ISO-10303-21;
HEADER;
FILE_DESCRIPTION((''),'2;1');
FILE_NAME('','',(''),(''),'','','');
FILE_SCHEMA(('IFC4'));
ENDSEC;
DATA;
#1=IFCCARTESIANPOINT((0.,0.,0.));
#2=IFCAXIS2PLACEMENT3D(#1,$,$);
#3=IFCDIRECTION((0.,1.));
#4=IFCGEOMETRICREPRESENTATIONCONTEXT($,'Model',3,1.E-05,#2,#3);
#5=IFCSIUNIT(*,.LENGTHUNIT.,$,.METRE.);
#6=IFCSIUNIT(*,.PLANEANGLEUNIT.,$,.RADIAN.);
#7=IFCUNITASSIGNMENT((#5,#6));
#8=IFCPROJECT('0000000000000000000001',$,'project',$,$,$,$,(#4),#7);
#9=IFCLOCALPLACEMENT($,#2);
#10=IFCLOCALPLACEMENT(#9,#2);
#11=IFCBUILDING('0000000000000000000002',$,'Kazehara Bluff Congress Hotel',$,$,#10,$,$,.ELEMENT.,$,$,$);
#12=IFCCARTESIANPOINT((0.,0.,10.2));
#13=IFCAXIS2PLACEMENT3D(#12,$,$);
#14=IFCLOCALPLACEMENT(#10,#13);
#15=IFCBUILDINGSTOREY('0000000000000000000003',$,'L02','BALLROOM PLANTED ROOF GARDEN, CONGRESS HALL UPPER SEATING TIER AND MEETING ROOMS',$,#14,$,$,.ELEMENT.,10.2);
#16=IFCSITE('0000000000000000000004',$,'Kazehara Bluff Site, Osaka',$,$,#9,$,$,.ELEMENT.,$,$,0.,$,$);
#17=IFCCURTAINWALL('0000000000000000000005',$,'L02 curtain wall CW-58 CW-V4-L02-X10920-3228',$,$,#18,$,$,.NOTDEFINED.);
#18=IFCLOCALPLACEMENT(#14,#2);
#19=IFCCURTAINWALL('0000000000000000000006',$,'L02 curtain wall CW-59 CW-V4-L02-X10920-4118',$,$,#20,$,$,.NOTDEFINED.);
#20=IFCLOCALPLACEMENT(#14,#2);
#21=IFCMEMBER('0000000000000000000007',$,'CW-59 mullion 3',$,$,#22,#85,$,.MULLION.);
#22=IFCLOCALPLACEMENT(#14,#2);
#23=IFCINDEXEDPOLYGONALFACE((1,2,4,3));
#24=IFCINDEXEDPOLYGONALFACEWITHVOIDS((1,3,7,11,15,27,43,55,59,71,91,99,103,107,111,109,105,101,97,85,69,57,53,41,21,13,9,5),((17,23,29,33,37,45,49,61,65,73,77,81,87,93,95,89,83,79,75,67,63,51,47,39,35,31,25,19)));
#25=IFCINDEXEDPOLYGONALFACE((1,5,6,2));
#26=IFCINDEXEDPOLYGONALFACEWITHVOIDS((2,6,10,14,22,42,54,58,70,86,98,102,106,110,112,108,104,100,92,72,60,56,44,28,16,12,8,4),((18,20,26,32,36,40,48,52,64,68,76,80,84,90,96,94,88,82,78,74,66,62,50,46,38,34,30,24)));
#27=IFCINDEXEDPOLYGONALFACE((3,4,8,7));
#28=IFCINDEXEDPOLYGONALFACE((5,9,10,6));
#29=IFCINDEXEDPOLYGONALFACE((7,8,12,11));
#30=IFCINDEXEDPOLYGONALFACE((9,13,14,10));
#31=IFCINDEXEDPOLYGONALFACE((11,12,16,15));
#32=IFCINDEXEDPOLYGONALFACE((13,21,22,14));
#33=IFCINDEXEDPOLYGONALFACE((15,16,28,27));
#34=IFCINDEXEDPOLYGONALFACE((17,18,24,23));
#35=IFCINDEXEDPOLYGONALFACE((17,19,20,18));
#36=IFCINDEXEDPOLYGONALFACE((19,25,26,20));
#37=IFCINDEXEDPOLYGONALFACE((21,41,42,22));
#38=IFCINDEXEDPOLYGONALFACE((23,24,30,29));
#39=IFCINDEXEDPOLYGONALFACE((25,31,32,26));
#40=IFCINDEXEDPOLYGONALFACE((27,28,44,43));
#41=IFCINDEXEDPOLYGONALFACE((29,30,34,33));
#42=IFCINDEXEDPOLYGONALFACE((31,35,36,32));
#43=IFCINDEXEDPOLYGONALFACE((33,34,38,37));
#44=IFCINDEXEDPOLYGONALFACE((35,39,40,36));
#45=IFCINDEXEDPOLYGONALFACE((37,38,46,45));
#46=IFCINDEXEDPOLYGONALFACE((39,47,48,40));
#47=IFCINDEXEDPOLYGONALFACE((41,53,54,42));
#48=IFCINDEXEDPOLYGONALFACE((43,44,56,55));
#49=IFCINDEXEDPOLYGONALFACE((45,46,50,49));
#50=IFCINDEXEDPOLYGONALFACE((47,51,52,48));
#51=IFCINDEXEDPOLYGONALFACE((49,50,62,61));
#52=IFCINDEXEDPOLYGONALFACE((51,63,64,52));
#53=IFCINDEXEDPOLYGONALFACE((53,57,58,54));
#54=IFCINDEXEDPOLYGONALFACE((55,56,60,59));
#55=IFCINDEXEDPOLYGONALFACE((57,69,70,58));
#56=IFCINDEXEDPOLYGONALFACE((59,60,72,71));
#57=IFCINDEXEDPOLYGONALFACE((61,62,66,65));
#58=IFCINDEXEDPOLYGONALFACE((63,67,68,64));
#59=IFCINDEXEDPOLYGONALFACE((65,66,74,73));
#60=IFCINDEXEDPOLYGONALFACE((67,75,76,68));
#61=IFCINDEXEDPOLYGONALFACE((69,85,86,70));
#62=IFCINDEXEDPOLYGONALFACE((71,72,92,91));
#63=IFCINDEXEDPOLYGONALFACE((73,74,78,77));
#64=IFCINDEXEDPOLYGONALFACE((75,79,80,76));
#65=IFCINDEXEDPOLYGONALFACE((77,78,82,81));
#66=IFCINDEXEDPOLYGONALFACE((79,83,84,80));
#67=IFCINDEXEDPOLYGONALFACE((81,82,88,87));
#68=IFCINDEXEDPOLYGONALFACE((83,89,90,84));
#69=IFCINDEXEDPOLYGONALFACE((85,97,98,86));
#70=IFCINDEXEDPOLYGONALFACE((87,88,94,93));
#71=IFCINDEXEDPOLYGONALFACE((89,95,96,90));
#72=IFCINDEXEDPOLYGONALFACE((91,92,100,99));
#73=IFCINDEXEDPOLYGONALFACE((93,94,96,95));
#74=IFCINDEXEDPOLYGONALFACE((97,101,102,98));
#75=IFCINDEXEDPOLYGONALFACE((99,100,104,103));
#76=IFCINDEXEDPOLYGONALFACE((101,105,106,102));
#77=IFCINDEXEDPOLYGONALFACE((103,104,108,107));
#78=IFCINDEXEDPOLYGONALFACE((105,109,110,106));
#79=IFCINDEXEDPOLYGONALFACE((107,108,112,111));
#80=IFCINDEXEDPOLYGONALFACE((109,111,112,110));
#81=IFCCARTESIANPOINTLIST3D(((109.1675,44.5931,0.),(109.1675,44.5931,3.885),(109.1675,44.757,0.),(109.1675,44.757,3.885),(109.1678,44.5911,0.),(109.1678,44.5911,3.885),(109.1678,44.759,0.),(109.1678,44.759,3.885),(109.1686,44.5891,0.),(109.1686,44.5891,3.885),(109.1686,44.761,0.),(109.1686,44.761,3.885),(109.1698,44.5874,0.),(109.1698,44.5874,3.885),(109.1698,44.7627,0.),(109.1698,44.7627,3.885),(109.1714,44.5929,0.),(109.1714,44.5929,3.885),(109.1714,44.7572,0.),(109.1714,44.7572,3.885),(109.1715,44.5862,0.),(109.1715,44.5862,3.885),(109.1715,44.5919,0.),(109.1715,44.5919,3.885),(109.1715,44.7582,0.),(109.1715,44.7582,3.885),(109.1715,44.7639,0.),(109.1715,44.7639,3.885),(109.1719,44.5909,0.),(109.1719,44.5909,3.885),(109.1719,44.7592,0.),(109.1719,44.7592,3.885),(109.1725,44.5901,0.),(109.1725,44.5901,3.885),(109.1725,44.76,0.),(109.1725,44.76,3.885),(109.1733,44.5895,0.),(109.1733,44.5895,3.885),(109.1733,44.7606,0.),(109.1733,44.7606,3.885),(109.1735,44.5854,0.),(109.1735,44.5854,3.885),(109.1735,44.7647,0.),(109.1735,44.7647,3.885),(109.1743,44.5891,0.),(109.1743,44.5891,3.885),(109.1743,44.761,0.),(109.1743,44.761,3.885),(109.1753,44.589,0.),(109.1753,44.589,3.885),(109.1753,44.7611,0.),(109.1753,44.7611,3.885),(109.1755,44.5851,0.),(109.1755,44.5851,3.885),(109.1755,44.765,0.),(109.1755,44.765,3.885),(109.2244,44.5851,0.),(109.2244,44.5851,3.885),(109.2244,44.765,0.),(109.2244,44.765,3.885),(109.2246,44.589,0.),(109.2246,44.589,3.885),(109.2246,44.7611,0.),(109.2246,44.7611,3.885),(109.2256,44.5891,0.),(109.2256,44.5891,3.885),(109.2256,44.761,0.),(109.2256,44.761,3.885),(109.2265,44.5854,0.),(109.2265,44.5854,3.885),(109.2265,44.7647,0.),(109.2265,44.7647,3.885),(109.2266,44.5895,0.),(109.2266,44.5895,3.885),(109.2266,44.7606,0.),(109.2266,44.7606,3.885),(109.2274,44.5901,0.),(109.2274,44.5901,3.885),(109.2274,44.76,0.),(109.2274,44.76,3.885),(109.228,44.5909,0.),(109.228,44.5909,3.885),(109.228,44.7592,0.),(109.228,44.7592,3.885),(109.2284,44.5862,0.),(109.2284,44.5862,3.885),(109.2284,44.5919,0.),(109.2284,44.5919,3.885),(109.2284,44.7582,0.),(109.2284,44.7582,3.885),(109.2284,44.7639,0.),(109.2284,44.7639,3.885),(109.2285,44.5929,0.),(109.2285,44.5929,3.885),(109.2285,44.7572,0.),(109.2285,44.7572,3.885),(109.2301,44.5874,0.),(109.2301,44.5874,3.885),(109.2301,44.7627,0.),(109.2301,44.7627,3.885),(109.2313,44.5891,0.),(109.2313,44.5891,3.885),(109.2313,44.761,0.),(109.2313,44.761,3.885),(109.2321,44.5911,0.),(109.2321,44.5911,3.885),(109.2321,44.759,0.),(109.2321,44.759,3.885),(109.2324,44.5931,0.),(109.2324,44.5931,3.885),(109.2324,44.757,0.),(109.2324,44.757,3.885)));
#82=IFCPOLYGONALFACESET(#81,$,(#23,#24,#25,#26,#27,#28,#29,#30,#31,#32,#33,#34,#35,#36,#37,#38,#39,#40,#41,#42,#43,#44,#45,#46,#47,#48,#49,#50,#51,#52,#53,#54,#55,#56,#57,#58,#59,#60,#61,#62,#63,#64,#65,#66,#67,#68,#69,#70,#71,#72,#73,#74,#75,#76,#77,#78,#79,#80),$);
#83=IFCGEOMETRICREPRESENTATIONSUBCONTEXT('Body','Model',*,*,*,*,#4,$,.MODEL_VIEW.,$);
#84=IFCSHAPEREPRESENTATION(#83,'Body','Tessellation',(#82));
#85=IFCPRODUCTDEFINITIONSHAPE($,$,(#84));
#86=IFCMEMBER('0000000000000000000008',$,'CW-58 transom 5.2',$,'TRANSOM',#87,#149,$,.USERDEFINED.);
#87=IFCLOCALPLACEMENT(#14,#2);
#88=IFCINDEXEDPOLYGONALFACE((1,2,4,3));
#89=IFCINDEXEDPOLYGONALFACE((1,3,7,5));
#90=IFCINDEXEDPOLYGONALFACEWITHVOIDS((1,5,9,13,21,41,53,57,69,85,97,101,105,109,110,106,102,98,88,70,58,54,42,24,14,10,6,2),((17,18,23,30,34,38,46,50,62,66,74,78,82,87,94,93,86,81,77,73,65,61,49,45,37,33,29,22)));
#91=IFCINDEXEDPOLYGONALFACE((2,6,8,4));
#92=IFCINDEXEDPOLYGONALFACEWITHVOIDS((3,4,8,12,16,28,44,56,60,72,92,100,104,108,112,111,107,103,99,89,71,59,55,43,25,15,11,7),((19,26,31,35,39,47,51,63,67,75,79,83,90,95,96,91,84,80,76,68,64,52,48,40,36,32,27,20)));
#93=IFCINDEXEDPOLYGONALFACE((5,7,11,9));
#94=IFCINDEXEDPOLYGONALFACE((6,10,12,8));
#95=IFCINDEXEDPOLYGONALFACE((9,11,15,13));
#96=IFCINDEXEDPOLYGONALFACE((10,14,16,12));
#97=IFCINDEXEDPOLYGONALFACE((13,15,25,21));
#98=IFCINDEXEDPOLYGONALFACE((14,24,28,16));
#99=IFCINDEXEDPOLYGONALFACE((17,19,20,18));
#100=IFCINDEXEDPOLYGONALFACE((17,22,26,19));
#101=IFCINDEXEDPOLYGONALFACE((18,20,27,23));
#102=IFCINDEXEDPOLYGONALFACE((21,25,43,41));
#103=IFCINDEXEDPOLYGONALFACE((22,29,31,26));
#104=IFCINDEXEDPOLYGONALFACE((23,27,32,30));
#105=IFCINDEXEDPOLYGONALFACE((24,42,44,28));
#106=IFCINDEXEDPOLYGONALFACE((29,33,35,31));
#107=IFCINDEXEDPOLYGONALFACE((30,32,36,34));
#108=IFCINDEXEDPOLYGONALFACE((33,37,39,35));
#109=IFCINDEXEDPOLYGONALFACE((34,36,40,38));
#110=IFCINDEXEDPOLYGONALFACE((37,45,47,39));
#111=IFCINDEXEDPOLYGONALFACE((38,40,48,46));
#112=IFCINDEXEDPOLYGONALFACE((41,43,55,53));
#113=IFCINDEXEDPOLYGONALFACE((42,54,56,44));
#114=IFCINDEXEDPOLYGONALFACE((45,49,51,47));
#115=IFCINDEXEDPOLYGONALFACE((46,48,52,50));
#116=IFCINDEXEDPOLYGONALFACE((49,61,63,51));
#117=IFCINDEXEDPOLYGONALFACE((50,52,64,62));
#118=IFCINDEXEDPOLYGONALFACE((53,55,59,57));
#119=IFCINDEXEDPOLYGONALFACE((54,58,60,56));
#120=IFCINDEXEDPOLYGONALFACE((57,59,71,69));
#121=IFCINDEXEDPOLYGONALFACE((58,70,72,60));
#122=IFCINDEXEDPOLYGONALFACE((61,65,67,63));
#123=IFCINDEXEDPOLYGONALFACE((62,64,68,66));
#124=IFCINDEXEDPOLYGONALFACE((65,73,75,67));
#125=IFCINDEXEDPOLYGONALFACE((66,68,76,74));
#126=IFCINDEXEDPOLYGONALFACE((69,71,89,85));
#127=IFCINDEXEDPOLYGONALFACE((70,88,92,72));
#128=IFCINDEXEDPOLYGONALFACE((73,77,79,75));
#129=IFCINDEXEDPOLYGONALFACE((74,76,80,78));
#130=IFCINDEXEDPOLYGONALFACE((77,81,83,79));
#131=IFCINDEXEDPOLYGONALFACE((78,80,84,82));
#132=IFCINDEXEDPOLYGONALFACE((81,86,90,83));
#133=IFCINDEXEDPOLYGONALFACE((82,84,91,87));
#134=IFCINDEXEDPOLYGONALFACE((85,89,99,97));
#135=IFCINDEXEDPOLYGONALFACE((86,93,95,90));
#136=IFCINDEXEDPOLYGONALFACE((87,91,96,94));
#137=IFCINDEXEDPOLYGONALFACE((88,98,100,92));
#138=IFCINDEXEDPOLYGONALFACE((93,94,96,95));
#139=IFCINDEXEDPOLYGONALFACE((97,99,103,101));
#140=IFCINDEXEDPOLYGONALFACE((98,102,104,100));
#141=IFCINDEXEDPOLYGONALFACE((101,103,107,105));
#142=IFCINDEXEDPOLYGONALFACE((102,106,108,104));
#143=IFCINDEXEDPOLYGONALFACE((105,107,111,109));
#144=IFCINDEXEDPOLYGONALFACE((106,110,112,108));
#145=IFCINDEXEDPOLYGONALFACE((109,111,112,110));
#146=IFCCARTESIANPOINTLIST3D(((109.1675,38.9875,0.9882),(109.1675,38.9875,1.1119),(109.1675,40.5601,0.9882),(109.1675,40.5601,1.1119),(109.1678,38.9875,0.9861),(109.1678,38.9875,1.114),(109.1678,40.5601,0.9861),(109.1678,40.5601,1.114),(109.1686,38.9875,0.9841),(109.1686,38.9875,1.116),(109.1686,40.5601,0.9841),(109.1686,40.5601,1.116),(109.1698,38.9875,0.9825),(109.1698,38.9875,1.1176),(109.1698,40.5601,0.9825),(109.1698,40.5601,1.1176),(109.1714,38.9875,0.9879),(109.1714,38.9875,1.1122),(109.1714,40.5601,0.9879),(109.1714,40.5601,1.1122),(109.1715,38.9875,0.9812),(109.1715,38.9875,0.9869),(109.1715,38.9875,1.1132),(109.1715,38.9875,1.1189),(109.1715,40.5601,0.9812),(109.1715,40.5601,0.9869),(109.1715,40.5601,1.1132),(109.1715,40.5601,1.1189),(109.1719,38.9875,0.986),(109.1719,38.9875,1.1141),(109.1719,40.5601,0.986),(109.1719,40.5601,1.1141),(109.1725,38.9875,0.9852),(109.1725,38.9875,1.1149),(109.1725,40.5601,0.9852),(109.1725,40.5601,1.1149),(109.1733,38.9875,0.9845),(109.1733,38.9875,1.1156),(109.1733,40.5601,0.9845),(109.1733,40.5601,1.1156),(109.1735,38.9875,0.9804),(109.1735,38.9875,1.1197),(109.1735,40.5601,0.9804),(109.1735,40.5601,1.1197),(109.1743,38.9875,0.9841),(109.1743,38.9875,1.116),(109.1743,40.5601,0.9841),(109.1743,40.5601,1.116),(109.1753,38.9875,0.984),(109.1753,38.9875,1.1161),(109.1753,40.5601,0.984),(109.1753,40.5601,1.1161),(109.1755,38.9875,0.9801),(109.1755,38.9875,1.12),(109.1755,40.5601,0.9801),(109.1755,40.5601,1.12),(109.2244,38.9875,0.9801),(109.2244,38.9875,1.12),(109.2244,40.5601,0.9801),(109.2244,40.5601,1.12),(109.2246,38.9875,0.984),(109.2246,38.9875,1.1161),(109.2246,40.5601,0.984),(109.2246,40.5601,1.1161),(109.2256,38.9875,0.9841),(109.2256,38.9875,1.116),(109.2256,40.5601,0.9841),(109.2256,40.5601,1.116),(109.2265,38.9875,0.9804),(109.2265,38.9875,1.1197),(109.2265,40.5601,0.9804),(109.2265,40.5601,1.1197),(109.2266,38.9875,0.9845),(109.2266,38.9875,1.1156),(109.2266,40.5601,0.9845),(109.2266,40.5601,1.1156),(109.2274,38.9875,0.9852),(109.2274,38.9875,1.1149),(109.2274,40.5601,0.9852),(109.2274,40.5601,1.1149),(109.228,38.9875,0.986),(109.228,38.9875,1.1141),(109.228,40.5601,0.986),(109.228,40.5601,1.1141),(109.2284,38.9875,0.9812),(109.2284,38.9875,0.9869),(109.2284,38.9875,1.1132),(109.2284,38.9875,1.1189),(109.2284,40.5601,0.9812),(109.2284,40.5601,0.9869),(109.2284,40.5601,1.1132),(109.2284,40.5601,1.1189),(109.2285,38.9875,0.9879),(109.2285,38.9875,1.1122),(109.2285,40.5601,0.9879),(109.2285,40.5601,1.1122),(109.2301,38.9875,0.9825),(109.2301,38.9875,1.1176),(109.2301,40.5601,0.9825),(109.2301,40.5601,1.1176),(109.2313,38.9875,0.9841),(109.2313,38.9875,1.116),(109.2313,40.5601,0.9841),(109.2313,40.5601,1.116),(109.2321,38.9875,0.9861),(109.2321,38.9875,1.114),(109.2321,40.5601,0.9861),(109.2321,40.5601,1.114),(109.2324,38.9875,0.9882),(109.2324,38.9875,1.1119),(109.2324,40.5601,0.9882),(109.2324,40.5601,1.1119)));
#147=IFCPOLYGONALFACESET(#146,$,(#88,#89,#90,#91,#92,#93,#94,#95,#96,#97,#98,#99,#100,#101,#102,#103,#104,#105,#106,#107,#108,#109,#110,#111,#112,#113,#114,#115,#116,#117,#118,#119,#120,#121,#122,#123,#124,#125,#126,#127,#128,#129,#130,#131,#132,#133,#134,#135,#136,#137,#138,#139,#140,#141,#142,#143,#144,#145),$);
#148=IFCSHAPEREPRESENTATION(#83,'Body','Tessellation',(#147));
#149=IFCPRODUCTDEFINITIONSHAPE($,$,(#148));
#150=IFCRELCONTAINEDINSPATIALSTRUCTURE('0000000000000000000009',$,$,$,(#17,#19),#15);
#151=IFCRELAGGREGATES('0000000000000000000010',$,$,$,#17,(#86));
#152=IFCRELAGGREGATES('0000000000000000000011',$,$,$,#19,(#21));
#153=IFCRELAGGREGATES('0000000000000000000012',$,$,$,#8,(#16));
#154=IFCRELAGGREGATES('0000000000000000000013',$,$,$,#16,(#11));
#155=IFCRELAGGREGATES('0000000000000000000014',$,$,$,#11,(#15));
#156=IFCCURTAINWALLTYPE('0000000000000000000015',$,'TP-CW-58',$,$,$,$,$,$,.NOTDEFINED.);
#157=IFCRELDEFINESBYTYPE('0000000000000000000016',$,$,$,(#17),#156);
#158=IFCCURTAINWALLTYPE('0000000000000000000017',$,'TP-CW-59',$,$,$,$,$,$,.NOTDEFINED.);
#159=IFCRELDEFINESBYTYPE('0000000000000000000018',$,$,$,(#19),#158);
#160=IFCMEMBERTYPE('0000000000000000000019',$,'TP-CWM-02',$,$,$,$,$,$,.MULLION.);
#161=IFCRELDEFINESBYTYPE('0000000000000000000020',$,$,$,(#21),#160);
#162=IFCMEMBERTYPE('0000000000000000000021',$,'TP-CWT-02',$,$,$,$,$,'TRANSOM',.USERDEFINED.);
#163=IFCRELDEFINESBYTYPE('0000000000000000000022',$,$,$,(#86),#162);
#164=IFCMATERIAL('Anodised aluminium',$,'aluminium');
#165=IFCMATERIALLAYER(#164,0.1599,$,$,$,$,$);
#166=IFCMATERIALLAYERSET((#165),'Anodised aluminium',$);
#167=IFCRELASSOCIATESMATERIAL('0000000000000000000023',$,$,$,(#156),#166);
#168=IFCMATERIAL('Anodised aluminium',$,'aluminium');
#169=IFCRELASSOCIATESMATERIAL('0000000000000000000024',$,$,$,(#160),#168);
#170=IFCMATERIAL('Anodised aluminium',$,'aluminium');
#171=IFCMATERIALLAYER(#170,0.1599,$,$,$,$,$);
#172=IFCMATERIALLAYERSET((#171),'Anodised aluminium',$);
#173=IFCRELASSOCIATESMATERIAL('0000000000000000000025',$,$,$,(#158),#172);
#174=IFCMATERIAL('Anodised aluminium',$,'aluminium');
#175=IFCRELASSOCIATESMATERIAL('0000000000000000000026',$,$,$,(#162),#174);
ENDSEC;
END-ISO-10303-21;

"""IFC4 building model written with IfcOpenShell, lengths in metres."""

from ifc_helpers import new_model, si_unit, direction, frame, origin, origin_2d, place, context, subcontext, project, spatial, hollow_rectangle, extrude, material, layer, layer_set, material_profile, profile_set, type_object, element, aggregate, save


model = new_model("IFC4")

# Units and contexts
model_context = context("Model", 3, precision=1e-05, world=origin(), true_north=direction((0.0, 1.0)))
body_context = subcontext(model_context, "Body", "Model", "MODEL_VIEW")
ifc_project = project(units=[si_unit("LENGTHUNIT", "METRE"), si_unit("PLANEANGLEUNIT", "RADIAN")], contexts=[model_context])

# Site, building, storey
site_placement = place(None, origin())
site = spatial("IfcSite", under=ifc_project, at=site_placement, Name="Kazehara Bluff Site, Osaka", CompositionType="ELEMENT", RefElevation=0.0)
building_placement = place(site_placement, origin())
building = spatial("IfcBuilding", under=site, at=building_placement, Name="Kazehara Bluff Congress Hotel", CompositionType="ELEMENT")
storey_placement = place(building_placement, frame((0.0, 0.0, 10.2)))
storey = spatial("IfcBuildingStorey", under=building, at=storey_placement, Name="L02", Description="BALLROOM PLANTED ROOF GARDEN, CONGRESS HALL UPPER SEATING TIER AND MEETING ROOMS", CompositionType="ELEMENT", Elevation=10.2)

# Curtain wall
ifc_material_1 = material(Name="Anodised aluminium", Category="aluminium")
ifc_layer_1 = layer(ifc_material_1, 0.1599)
ifc_layer_set_1 = layer_set([ifc_layer_1], Name="Anodised aluminium")
curtain_wall_type_1 = type_object("IfcCurtainWallType", Name="TP-CW-58", PredefinedType="NOTDEFINED", material=ifc_layer_set_1)
curtain_wall_1_placement = place(storey_placement, origin())
curtain_wall_1 = element("IfcCurtainWall", 1, at=curtain_wall_1_placement, inside=storey, type_object=curtain_wall_type_1, Name="L02 curtain wall CW-58 CW-V4-L02-X10920-3228", PredefinedType="NOTDEFINED")
ifc_material_2 = material(Name="Anodised aluminium", Category="aluminium")
ifc_material_profile_1 = material_profile(ifc_material_2, hollow_rectangle(XDim=0.0649, YDim=0.1799, WallThickness=0.0039, InnerFilletRadius=0.0039, OuterFilletRadius=0.0081, at=origin_2d()))
ifc_profile_set_1 = profile_set([ifc_material_profile_1], Name="Anodised aluminium")
member_type_1 = type_object("IfcMemberType", Name="TP-CWM-02", PredefinedType="MULLION", material=ifc_profile_set_1)

# Curtain wall, member
ifc_material_3 = material(Name="Anodised aluminium", Category="aluminium")
ifc_layer_2 = layer(ifc_material_3, 0.1599)
ifc_layer_set_2 = layer_set([ifc_layer_2], Name="Anodised aluminium")
curtain_wall_type_2 = type_object("IfcCurtainWallType", Name="TP-CW-59", PredefinedType="NOTDEFINED", material=ifc_layer_set_2)
curtain_wall_2_placement = place(storey_placement, origin())
curtain_wall_2 = element("IfcCurtainWall", 2, at=curtain_wall_2_placement, inside=storey, type_object=curtain_wall_type_2, Name="L02 curtain wall CW-59 CW-V4-L02-X10920-4118", PredefinedType="NOTDEFINED")
member_1_placement = place(storey_placement, frame((109.2, 44.675, 0.0), z_axis=(0.0, 0.0, 1.0), x_axis=(-1.0, 0.0, 0.0)))
member_1 = element("IfcMember", 3, at=member_1_placement, type_object=member_type_1, Name="CW-59 mullion 3", PredefinedType="MULLION", context=body_context, shape_type="SweptSolid", body=[
    extrude(hollow_rectangle(XDim=0.0649, YDim=0.1799, WallThickness=0.0039, InnerFilletRadius=0.0039, OuterFilletRadius=0.0081, at=origin_2d()), origin(), (0.0, 0.0, 1.0), 3.885),
])

# Member
ifc_material_4 = material(Name="Anodised aluminium", Category="aluminium")
ifc_material_profile_2 = material_profile(ifc_material_4, hollow_rectangle(XDim=0.0649, YDim=0.1399, WallThickness=0.0039, InnerFilletRadius=0.0039, OuterFilletRadius=0.0081, at=origin_2d()))
ifc_profile_set_2 = profile_set([ifc_material_profile_2], Name="Anodised aluminium")
member_type_2 = type_object("IfcMemberType", Name="TP-CWT-02", ElementType="TRANSOM", PredefinedType="USERDEFINED", material=ifc_profile_set_2)
member_2_placement = place(storey_placement, frame((109.2, 38.9875, 1.05), z_axis=(0.0, 1.0, 0.0), x_axis=(-1.0, 0.0, 0.0)))
member_2 = element("IfcMember", 4, at=member_2_placement, type_object=member_type_2, Name="CW-58 transom 5.2", ObjectType="TRANSOM", PredefinedType="USERDEFINED", context=body_context, shape_type="SweptSolid", body=[
    extrude(hollow_rectangle(XDim=0.0649, YDim=0.1399, WallThickness=0.0039, InnerFilletRadius=0.0039, OuterFilletRadius=0.0081, at=origin_2d()), origin(), (0.0, 0.0, 1.0), 1.5725),
])

aggregate(curtain_wall_1, [member_2])
aggregate(curtain_wall_2, [member_1])

save(model, "model.ifc")
